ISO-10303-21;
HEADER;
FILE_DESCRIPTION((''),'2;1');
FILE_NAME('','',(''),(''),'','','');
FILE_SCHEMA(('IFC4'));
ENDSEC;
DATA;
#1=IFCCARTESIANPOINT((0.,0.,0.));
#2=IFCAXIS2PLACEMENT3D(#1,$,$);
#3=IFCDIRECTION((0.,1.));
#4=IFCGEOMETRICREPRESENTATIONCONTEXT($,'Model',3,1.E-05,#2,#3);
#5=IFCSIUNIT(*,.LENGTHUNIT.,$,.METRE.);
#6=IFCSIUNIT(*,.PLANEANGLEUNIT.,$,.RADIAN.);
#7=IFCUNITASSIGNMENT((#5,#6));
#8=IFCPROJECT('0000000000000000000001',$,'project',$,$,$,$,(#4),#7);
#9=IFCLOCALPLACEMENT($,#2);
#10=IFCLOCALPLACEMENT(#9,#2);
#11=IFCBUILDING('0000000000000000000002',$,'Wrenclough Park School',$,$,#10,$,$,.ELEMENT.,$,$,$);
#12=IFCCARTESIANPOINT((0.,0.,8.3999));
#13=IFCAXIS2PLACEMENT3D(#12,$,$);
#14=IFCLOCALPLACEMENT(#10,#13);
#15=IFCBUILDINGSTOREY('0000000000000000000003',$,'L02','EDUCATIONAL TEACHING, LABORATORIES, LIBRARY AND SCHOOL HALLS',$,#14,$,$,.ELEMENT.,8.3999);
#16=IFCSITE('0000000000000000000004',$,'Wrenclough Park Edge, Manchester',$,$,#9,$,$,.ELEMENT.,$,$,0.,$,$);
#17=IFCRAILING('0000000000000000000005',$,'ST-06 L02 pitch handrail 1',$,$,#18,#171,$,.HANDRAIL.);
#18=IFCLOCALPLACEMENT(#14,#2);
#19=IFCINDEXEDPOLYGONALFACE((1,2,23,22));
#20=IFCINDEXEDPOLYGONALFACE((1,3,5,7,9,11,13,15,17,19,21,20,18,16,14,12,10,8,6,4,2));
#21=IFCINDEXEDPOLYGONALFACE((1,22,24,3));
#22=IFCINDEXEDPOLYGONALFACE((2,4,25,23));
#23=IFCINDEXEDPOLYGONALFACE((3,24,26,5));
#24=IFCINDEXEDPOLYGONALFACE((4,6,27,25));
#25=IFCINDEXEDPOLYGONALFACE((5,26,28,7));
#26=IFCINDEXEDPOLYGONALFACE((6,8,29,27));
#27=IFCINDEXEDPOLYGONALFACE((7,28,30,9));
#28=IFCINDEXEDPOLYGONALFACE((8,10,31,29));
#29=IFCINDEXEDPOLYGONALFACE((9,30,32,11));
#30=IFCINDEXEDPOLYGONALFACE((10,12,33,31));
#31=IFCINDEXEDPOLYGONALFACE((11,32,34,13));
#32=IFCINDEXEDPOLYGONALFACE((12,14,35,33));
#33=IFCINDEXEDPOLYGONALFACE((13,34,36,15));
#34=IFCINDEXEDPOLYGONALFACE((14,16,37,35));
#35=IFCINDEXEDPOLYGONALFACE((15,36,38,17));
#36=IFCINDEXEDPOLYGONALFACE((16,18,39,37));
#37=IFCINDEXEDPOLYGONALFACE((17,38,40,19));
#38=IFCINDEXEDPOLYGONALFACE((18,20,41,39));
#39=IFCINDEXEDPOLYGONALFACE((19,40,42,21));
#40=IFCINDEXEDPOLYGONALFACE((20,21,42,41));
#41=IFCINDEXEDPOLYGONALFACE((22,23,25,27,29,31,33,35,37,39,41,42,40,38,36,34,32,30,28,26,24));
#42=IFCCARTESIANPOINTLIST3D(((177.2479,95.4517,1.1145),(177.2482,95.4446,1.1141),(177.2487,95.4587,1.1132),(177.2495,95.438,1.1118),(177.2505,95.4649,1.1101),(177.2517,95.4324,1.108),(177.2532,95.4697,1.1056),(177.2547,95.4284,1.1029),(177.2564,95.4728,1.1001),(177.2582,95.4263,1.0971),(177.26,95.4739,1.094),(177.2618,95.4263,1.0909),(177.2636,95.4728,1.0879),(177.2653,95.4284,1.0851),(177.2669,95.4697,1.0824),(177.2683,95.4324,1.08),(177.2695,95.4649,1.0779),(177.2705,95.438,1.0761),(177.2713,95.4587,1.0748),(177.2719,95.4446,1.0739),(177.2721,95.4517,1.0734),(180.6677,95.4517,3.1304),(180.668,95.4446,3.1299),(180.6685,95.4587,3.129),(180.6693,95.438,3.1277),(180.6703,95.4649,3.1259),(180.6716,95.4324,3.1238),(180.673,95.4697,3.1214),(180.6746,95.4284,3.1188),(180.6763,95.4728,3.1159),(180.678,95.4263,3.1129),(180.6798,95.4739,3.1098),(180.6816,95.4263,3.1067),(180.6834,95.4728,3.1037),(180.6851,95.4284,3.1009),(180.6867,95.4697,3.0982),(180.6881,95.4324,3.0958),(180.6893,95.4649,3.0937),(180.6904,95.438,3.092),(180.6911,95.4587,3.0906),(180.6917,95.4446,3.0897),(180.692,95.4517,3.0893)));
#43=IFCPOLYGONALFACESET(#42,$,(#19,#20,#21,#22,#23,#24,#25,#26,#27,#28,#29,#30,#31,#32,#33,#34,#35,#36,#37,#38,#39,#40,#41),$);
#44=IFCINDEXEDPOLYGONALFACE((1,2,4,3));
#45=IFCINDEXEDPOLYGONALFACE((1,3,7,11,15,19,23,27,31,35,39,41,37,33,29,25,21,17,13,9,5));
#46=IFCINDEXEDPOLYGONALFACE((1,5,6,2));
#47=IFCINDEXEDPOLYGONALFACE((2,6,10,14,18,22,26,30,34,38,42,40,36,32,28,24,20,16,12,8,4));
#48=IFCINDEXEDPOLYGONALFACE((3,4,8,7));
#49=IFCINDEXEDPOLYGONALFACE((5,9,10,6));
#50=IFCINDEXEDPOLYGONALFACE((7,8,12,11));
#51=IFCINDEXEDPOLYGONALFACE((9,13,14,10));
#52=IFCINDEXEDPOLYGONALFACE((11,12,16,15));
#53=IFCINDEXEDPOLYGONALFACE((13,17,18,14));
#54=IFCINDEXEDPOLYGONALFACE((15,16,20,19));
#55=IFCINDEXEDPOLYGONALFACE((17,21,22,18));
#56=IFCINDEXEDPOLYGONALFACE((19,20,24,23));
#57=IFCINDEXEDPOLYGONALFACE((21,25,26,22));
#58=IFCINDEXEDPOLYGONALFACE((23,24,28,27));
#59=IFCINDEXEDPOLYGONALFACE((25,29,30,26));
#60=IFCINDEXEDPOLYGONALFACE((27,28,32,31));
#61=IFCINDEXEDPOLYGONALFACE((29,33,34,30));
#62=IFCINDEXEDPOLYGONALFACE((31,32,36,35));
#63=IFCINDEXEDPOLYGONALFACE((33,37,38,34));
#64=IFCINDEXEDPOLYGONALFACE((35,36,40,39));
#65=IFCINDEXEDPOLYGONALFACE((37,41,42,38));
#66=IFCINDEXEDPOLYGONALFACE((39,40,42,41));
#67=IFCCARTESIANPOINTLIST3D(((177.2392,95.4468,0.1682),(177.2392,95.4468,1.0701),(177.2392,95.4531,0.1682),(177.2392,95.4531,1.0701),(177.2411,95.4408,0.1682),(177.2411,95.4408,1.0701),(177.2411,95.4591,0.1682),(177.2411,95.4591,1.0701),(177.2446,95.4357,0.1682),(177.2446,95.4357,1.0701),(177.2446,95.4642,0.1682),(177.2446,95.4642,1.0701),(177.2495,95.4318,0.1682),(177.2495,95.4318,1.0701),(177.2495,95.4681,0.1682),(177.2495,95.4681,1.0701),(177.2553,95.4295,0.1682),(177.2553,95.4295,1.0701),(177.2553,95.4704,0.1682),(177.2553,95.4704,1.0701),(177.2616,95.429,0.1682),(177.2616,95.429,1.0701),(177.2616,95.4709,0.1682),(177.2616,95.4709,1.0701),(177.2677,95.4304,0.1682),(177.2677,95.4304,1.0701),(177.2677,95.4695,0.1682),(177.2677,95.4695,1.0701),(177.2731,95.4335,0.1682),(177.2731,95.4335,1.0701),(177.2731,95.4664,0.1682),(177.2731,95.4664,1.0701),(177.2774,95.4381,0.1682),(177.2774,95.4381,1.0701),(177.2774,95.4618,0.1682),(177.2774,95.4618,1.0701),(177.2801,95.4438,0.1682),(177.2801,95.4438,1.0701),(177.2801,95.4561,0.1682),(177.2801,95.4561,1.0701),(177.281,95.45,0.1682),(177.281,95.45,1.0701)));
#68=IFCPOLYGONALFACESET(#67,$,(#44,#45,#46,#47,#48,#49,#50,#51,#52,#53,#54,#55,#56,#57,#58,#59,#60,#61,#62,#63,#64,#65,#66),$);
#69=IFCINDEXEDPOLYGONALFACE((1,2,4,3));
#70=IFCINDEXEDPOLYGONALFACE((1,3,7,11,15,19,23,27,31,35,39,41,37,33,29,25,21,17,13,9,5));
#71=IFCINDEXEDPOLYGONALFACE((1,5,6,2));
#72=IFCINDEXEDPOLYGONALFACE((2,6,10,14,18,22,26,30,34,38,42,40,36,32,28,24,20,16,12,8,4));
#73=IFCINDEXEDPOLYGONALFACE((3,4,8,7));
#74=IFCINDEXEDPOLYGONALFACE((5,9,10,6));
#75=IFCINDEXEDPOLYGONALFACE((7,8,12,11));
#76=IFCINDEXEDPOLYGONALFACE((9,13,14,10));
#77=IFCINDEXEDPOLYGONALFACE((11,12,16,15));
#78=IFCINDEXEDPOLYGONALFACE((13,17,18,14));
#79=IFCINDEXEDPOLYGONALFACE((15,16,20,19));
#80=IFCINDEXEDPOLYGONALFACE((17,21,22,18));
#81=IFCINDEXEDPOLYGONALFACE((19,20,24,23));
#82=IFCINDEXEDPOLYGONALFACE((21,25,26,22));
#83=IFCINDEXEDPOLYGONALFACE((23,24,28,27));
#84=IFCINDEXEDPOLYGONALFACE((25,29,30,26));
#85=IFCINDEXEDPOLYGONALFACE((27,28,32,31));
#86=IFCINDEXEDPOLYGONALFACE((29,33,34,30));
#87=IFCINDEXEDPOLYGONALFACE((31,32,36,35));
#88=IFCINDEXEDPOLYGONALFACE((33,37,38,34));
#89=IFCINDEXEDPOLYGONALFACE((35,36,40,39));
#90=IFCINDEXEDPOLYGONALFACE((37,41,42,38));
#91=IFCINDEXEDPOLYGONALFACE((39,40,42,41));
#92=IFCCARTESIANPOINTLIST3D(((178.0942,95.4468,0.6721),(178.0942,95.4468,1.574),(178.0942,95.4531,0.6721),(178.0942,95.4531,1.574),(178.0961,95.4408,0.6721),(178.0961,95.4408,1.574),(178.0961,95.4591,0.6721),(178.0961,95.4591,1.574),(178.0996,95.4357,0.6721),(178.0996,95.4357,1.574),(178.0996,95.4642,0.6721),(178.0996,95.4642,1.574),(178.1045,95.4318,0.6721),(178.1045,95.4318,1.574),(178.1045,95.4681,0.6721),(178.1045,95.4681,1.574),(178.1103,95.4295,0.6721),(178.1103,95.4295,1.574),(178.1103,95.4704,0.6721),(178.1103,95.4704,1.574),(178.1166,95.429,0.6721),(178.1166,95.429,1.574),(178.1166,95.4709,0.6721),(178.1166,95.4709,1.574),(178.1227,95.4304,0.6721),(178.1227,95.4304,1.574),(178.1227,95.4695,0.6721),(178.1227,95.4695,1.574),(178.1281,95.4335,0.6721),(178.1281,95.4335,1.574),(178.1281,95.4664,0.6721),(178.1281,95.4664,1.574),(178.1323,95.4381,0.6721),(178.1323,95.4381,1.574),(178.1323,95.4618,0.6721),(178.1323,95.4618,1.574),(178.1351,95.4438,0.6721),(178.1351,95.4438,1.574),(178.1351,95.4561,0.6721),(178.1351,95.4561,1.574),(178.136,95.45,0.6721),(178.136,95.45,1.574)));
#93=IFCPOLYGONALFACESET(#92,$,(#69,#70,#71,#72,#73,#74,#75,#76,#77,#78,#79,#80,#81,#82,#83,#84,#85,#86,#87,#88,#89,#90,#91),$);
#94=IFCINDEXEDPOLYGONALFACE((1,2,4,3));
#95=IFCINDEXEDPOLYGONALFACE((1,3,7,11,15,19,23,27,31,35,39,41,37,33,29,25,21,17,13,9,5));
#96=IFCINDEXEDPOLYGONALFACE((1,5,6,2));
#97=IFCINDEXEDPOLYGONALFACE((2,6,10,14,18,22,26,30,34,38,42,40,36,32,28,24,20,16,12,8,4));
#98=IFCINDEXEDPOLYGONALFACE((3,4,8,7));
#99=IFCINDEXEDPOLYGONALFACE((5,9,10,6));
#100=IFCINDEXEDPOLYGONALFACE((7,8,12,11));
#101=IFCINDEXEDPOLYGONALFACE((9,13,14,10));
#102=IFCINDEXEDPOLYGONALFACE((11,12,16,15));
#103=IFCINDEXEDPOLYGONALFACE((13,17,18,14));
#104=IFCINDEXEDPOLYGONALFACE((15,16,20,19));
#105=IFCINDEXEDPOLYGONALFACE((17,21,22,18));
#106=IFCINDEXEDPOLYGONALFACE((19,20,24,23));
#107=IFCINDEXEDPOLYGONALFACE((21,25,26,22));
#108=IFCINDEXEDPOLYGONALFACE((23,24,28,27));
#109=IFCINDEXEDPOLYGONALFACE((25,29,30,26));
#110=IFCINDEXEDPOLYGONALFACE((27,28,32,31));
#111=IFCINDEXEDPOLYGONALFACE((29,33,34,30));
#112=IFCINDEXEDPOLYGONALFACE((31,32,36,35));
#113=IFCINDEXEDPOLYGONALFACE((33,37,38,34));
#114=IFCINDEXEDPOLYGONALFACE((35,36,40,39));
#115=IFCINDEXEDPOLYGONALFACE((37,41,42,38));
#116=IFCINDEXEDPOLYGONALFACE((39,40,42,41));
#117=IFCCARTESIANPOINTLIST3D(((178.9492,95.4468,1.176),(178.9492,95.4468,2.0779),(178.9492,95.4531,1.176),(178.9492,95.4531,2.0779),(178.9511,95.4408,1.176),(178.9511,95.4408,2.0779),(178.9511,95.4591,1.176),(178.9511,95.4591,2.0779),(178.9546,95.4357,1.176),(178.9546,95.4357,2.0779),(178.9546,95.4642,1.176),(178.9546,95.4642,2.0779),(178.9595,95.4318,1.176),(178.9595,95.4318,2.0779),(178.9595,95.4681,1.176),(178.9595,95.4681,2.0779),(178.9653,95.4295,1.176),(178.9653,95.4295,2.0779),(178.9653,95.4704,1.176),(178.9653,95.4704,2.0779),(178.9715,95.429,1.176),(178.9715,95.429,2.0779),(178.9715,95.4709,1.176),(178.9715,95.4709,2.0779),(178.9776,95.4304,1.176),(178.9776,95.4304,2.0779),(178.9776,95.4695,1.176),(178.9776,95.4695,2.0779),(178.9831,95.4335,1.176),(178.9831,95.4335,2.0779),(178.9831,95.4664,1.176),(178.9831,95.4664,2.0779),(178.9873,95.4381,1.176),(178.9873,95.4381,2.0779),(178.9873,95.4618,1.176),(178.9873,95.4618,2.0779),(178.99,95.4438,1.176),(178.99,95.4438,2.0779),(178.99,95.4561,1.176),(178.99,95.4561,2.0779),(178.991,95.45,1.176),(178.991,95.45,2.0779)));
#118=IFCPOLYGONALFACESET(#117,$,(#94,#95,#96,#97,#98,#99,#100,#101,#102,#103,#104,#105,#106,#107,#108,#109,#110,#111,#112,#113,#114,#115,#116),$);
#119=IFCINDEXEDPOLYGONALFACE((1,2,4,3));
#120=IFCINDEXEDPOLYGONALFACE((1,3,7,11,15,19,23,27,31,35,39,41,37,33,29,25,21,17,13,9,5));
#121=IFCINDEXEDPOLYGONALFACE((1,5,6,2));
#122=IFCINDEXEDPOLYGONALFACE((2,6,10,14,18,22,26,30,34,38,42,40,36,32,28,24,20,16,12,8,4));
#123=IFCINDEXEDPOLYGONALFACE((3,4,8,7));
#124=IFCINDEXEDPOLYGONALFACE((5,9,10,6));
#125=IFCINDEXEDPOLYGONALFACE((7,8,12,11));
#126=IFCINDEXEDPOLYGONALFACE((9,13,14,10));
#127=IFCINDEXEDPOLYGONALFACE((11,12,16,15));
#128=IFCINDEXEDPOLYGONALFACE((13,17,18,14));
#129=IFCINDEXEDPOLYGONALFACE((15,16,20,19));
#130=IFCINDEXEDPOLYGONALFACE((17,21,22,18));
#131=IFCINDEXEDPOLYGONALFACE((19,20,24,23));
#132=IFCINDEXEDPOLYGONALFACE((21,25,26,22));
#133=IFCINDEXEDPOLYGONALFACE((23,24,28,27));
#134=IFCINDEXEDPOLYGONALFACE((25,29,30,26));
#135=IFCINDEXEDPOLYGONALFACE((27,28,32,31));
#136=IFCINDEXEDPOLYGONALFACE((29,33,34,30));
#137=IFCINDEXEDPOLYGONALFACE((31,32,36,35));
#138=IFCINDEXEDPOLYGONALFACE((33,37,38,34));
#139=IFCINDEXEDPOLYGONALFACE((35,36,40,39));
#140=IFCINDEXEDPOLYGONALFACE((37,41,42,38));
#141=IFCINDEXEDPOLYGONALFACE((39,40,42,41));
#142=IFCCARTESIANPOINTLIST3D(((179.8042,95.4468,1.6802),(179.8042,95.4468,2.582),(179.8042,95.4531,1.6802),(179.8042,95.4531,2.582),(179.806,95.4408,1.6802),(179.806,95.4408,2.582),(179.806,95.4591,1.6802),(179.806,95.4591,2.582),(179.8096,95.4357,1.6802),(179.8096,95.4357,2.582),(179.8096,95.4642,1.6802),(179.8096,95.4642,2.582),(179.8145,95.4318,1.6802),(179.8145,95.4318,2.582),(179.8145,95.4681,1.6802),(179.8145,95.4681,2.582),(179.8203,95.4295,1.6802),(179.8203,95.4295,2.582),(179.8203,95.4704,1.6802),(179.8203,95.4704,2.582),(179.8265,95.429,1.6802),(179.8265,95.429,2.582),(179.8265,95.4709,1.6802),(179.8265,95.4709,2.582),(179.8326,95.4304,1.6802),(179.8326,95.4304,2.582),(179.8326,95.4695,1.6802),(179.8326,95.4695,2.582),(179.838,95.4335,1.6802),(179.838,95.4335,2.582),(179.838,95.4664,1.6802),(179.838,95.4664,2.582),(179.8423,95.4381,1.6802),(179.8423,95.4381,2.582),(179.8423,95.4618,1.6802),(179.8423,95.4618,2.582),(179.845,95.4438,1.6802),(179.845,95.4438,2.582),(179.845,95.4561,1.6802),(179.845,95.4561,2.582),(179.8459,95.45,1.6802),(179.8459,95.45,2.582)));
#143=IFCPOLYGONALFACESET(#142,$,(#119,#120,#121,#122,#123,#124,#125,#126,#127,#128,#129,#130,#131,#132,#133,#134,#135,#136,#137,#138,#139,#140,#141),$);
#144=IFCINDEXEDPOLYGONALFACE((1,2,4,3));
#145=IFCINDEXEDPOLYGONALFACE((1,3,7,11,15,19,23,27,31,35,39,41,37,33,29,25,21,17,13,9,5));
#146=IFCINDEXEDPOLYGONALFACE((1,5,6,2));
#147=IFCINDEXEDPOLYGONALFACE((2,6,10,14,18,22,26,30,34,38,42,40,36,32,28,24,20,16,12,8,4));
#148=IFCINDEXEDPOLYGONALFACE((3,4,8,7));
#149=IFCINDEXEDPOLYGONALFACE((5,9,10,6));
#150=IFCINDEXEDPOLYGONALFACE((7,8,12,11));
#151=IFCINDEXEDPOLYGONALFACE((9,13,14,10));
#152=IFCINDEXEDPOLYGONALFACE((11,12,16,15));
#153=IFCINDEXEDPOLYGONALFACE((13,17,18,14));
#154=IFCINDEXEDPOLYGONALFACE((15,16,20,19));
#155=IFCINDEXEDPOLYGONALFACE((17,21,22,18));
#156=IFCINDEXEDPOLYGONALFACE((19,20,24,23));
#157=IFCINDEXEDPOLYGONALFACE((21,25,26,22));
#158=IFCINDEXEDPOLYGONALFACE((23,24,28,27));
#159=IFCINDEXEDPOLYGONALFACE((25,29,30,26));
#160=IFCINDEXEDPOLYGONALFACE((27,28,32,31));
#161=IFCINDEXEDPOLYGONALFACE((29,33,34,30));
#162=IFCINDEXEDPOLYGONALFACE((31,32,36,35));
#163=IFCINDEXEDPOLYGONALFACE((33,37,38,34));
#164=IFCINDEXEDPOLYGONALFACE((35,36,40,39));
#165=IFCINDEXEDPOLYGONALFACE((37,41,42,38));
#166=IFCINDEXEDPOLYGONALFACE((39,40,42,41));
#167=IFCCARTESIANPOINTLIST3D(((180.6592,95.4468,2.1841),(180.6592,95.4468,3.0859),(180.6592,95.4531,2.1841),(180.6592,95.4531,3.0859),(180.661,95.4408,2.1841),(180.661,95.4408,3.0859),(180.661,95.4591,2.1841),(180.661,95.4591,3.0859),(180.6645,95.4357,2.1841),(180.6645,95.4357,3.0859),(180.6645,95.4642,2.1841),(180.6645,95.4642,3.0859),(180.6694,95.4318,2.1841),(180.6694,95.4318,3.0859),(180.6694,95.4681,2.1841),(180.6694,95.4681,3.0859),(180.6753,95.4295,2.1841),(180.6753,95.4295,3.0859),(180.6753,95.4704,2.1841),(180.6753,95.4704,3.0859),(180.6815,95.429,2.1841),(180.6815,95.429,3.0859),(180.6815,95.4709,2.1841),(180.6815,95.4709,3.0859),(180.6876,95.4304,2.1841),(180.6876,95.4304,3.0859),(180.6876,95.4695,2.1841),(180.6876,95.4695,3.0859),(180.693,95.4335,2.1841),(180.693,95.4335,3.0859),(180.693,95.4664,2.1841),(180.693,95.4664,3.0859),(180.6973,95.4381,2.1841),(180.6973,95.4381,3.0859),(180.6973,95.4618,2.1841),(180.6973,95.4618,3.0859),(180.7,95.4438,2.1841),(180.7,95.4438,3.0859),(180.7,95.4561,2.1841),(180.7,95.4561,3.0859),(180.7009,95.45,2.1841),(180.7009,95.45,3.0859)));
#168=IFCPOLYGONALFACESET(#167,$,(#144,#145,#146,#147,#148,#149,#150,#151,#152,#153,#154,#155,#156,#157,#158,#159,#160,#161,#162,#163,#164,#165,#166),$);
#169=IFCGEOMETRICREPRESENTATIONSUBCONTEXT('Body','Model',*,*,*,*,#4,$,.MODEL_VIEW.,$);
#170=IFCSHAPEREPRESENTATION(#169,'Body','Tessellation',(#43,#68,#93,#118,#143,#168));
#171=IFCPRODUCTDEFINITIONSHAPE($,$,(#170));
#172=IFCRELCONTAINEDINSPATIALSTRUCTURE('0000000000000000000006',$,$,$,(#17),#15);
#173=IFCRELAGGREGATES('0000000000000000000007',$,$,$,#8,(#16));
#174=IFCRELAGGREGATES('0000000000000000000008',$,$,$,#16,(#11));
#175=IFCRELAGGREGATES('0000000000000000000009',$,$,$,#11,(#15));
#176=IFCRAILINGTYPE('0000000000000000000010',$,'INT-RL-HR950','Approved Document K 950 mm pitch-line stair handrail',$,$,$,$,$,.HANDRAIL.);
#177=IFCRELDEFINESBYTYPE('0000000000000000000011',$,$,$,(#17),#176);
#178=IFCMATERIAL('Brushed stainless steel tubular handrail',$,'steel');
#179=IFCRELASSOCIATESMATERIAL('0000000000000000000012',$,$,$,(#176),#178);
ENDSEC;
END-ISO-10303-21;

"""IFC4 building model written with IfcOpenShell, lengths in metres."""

from ifc_helpers import new_model, si_unit, direction, frame, origin, origin_2d, place, context, subcontext, project, spatial, circle, extrude, material, type_object, element, save


model = new_model("IFC4")

# Units and contexts
model_context = context("Model", 3, precision=1e-05, world=origin(), true_north=direction((0.0, 1.0)))
body_context = subcontext(model_context, "Body", "Model", "MODEL_VIEW")
ifc_project = project(units=[si_unit("LENGTHUNIT", "METRE"), si_unit("PLANEANGLEUNIT", "RADIAN")], contexts=[model_context])

# Site, building, storey
site_placement = place(None, origin())
site = spatial("IfcSite", under=ifc_project, at=site_placement, Name="Wrenclough Park Edge, Manchester", CompositionType="ELEMENT", RefElevation=0.0)
building_placement = place(site_placement, origin())
building = spatial("IfcBuilding", under=site, at=building_placement, Name="Wrenclough Park School", CompositionType="ELEMENT")
storey_placement = place(building_placement, frame((0.0, 0.0, 8.3999)))
storey = spatial("IfcBuildingStorey", under=building, at=storey_placement, Name="L02", Description="EDUCATIONAL TEACHING, LABORATORIES, LIBRARY AND SCHOOL HALLS", CompositionType="ELEMENT", Elevation=8.3999)

# Railing
ifc_material_1 = material(Name="Brushed stainless steel tubular handrail", Category="steel")
railing_type_1 = type_object("IfcRailingType", Name="INT-RL-HR950", Description="Approved Document K 950 mm pitch-line stair handrail", PredefinedType="HANDRAIL", material=ifc_material_1)
railing_1_placement = place(storey_placement, frame((177.26, 95.45, 0.1682)))
element("IfcRailing", 1, at=railing_1_placement, inside=storey, type_object=railing_type_1, Name="ST-06 L02 pitch handrail 1", PredefinedType="HANDRAIL", context=body_context, shape_type="SweptSolid", body=[
    extrude(circle(Radius=0.0239, at=origin_2d()), frame((0.0, 0.0, 0.9258), z_axis=(0.861477, 0.0, 0.507797), x_axis=(0.0, 1.0, 0.0)), (0.0, 0.0, 1.0), 3.9697),
    extrude(circle(Radius=0.021, at=origin_2d()), origin(), (0.0, 0.0, 1.0), 0.9019),
    extrude(circle(Radius=0.021, at=origin_2d()), frame((0.855, 0.0, 0.5039)), (0.0, 0.0, 1.0), 0.9019),
    extrude(circle(Radius=0.021, at=origin_2d()), frame((1.71, 0.0, 1.0078)), (0.0, 0.0, 1.0), 0.9019),
    extrude(circle(Radius=0.021, at=origin_2d()), frame((2.5649, 0.0, 1.512)), (0.0, 0.0, 1.0), 0.9019),
    extrude(circle(Radius=0.021, at=origin_2d()), frame((3.4199, 0.0, 2.0159)), (0.0, 0.0, 1.0), 0.9019),
])

save(model, "model.ifc")
